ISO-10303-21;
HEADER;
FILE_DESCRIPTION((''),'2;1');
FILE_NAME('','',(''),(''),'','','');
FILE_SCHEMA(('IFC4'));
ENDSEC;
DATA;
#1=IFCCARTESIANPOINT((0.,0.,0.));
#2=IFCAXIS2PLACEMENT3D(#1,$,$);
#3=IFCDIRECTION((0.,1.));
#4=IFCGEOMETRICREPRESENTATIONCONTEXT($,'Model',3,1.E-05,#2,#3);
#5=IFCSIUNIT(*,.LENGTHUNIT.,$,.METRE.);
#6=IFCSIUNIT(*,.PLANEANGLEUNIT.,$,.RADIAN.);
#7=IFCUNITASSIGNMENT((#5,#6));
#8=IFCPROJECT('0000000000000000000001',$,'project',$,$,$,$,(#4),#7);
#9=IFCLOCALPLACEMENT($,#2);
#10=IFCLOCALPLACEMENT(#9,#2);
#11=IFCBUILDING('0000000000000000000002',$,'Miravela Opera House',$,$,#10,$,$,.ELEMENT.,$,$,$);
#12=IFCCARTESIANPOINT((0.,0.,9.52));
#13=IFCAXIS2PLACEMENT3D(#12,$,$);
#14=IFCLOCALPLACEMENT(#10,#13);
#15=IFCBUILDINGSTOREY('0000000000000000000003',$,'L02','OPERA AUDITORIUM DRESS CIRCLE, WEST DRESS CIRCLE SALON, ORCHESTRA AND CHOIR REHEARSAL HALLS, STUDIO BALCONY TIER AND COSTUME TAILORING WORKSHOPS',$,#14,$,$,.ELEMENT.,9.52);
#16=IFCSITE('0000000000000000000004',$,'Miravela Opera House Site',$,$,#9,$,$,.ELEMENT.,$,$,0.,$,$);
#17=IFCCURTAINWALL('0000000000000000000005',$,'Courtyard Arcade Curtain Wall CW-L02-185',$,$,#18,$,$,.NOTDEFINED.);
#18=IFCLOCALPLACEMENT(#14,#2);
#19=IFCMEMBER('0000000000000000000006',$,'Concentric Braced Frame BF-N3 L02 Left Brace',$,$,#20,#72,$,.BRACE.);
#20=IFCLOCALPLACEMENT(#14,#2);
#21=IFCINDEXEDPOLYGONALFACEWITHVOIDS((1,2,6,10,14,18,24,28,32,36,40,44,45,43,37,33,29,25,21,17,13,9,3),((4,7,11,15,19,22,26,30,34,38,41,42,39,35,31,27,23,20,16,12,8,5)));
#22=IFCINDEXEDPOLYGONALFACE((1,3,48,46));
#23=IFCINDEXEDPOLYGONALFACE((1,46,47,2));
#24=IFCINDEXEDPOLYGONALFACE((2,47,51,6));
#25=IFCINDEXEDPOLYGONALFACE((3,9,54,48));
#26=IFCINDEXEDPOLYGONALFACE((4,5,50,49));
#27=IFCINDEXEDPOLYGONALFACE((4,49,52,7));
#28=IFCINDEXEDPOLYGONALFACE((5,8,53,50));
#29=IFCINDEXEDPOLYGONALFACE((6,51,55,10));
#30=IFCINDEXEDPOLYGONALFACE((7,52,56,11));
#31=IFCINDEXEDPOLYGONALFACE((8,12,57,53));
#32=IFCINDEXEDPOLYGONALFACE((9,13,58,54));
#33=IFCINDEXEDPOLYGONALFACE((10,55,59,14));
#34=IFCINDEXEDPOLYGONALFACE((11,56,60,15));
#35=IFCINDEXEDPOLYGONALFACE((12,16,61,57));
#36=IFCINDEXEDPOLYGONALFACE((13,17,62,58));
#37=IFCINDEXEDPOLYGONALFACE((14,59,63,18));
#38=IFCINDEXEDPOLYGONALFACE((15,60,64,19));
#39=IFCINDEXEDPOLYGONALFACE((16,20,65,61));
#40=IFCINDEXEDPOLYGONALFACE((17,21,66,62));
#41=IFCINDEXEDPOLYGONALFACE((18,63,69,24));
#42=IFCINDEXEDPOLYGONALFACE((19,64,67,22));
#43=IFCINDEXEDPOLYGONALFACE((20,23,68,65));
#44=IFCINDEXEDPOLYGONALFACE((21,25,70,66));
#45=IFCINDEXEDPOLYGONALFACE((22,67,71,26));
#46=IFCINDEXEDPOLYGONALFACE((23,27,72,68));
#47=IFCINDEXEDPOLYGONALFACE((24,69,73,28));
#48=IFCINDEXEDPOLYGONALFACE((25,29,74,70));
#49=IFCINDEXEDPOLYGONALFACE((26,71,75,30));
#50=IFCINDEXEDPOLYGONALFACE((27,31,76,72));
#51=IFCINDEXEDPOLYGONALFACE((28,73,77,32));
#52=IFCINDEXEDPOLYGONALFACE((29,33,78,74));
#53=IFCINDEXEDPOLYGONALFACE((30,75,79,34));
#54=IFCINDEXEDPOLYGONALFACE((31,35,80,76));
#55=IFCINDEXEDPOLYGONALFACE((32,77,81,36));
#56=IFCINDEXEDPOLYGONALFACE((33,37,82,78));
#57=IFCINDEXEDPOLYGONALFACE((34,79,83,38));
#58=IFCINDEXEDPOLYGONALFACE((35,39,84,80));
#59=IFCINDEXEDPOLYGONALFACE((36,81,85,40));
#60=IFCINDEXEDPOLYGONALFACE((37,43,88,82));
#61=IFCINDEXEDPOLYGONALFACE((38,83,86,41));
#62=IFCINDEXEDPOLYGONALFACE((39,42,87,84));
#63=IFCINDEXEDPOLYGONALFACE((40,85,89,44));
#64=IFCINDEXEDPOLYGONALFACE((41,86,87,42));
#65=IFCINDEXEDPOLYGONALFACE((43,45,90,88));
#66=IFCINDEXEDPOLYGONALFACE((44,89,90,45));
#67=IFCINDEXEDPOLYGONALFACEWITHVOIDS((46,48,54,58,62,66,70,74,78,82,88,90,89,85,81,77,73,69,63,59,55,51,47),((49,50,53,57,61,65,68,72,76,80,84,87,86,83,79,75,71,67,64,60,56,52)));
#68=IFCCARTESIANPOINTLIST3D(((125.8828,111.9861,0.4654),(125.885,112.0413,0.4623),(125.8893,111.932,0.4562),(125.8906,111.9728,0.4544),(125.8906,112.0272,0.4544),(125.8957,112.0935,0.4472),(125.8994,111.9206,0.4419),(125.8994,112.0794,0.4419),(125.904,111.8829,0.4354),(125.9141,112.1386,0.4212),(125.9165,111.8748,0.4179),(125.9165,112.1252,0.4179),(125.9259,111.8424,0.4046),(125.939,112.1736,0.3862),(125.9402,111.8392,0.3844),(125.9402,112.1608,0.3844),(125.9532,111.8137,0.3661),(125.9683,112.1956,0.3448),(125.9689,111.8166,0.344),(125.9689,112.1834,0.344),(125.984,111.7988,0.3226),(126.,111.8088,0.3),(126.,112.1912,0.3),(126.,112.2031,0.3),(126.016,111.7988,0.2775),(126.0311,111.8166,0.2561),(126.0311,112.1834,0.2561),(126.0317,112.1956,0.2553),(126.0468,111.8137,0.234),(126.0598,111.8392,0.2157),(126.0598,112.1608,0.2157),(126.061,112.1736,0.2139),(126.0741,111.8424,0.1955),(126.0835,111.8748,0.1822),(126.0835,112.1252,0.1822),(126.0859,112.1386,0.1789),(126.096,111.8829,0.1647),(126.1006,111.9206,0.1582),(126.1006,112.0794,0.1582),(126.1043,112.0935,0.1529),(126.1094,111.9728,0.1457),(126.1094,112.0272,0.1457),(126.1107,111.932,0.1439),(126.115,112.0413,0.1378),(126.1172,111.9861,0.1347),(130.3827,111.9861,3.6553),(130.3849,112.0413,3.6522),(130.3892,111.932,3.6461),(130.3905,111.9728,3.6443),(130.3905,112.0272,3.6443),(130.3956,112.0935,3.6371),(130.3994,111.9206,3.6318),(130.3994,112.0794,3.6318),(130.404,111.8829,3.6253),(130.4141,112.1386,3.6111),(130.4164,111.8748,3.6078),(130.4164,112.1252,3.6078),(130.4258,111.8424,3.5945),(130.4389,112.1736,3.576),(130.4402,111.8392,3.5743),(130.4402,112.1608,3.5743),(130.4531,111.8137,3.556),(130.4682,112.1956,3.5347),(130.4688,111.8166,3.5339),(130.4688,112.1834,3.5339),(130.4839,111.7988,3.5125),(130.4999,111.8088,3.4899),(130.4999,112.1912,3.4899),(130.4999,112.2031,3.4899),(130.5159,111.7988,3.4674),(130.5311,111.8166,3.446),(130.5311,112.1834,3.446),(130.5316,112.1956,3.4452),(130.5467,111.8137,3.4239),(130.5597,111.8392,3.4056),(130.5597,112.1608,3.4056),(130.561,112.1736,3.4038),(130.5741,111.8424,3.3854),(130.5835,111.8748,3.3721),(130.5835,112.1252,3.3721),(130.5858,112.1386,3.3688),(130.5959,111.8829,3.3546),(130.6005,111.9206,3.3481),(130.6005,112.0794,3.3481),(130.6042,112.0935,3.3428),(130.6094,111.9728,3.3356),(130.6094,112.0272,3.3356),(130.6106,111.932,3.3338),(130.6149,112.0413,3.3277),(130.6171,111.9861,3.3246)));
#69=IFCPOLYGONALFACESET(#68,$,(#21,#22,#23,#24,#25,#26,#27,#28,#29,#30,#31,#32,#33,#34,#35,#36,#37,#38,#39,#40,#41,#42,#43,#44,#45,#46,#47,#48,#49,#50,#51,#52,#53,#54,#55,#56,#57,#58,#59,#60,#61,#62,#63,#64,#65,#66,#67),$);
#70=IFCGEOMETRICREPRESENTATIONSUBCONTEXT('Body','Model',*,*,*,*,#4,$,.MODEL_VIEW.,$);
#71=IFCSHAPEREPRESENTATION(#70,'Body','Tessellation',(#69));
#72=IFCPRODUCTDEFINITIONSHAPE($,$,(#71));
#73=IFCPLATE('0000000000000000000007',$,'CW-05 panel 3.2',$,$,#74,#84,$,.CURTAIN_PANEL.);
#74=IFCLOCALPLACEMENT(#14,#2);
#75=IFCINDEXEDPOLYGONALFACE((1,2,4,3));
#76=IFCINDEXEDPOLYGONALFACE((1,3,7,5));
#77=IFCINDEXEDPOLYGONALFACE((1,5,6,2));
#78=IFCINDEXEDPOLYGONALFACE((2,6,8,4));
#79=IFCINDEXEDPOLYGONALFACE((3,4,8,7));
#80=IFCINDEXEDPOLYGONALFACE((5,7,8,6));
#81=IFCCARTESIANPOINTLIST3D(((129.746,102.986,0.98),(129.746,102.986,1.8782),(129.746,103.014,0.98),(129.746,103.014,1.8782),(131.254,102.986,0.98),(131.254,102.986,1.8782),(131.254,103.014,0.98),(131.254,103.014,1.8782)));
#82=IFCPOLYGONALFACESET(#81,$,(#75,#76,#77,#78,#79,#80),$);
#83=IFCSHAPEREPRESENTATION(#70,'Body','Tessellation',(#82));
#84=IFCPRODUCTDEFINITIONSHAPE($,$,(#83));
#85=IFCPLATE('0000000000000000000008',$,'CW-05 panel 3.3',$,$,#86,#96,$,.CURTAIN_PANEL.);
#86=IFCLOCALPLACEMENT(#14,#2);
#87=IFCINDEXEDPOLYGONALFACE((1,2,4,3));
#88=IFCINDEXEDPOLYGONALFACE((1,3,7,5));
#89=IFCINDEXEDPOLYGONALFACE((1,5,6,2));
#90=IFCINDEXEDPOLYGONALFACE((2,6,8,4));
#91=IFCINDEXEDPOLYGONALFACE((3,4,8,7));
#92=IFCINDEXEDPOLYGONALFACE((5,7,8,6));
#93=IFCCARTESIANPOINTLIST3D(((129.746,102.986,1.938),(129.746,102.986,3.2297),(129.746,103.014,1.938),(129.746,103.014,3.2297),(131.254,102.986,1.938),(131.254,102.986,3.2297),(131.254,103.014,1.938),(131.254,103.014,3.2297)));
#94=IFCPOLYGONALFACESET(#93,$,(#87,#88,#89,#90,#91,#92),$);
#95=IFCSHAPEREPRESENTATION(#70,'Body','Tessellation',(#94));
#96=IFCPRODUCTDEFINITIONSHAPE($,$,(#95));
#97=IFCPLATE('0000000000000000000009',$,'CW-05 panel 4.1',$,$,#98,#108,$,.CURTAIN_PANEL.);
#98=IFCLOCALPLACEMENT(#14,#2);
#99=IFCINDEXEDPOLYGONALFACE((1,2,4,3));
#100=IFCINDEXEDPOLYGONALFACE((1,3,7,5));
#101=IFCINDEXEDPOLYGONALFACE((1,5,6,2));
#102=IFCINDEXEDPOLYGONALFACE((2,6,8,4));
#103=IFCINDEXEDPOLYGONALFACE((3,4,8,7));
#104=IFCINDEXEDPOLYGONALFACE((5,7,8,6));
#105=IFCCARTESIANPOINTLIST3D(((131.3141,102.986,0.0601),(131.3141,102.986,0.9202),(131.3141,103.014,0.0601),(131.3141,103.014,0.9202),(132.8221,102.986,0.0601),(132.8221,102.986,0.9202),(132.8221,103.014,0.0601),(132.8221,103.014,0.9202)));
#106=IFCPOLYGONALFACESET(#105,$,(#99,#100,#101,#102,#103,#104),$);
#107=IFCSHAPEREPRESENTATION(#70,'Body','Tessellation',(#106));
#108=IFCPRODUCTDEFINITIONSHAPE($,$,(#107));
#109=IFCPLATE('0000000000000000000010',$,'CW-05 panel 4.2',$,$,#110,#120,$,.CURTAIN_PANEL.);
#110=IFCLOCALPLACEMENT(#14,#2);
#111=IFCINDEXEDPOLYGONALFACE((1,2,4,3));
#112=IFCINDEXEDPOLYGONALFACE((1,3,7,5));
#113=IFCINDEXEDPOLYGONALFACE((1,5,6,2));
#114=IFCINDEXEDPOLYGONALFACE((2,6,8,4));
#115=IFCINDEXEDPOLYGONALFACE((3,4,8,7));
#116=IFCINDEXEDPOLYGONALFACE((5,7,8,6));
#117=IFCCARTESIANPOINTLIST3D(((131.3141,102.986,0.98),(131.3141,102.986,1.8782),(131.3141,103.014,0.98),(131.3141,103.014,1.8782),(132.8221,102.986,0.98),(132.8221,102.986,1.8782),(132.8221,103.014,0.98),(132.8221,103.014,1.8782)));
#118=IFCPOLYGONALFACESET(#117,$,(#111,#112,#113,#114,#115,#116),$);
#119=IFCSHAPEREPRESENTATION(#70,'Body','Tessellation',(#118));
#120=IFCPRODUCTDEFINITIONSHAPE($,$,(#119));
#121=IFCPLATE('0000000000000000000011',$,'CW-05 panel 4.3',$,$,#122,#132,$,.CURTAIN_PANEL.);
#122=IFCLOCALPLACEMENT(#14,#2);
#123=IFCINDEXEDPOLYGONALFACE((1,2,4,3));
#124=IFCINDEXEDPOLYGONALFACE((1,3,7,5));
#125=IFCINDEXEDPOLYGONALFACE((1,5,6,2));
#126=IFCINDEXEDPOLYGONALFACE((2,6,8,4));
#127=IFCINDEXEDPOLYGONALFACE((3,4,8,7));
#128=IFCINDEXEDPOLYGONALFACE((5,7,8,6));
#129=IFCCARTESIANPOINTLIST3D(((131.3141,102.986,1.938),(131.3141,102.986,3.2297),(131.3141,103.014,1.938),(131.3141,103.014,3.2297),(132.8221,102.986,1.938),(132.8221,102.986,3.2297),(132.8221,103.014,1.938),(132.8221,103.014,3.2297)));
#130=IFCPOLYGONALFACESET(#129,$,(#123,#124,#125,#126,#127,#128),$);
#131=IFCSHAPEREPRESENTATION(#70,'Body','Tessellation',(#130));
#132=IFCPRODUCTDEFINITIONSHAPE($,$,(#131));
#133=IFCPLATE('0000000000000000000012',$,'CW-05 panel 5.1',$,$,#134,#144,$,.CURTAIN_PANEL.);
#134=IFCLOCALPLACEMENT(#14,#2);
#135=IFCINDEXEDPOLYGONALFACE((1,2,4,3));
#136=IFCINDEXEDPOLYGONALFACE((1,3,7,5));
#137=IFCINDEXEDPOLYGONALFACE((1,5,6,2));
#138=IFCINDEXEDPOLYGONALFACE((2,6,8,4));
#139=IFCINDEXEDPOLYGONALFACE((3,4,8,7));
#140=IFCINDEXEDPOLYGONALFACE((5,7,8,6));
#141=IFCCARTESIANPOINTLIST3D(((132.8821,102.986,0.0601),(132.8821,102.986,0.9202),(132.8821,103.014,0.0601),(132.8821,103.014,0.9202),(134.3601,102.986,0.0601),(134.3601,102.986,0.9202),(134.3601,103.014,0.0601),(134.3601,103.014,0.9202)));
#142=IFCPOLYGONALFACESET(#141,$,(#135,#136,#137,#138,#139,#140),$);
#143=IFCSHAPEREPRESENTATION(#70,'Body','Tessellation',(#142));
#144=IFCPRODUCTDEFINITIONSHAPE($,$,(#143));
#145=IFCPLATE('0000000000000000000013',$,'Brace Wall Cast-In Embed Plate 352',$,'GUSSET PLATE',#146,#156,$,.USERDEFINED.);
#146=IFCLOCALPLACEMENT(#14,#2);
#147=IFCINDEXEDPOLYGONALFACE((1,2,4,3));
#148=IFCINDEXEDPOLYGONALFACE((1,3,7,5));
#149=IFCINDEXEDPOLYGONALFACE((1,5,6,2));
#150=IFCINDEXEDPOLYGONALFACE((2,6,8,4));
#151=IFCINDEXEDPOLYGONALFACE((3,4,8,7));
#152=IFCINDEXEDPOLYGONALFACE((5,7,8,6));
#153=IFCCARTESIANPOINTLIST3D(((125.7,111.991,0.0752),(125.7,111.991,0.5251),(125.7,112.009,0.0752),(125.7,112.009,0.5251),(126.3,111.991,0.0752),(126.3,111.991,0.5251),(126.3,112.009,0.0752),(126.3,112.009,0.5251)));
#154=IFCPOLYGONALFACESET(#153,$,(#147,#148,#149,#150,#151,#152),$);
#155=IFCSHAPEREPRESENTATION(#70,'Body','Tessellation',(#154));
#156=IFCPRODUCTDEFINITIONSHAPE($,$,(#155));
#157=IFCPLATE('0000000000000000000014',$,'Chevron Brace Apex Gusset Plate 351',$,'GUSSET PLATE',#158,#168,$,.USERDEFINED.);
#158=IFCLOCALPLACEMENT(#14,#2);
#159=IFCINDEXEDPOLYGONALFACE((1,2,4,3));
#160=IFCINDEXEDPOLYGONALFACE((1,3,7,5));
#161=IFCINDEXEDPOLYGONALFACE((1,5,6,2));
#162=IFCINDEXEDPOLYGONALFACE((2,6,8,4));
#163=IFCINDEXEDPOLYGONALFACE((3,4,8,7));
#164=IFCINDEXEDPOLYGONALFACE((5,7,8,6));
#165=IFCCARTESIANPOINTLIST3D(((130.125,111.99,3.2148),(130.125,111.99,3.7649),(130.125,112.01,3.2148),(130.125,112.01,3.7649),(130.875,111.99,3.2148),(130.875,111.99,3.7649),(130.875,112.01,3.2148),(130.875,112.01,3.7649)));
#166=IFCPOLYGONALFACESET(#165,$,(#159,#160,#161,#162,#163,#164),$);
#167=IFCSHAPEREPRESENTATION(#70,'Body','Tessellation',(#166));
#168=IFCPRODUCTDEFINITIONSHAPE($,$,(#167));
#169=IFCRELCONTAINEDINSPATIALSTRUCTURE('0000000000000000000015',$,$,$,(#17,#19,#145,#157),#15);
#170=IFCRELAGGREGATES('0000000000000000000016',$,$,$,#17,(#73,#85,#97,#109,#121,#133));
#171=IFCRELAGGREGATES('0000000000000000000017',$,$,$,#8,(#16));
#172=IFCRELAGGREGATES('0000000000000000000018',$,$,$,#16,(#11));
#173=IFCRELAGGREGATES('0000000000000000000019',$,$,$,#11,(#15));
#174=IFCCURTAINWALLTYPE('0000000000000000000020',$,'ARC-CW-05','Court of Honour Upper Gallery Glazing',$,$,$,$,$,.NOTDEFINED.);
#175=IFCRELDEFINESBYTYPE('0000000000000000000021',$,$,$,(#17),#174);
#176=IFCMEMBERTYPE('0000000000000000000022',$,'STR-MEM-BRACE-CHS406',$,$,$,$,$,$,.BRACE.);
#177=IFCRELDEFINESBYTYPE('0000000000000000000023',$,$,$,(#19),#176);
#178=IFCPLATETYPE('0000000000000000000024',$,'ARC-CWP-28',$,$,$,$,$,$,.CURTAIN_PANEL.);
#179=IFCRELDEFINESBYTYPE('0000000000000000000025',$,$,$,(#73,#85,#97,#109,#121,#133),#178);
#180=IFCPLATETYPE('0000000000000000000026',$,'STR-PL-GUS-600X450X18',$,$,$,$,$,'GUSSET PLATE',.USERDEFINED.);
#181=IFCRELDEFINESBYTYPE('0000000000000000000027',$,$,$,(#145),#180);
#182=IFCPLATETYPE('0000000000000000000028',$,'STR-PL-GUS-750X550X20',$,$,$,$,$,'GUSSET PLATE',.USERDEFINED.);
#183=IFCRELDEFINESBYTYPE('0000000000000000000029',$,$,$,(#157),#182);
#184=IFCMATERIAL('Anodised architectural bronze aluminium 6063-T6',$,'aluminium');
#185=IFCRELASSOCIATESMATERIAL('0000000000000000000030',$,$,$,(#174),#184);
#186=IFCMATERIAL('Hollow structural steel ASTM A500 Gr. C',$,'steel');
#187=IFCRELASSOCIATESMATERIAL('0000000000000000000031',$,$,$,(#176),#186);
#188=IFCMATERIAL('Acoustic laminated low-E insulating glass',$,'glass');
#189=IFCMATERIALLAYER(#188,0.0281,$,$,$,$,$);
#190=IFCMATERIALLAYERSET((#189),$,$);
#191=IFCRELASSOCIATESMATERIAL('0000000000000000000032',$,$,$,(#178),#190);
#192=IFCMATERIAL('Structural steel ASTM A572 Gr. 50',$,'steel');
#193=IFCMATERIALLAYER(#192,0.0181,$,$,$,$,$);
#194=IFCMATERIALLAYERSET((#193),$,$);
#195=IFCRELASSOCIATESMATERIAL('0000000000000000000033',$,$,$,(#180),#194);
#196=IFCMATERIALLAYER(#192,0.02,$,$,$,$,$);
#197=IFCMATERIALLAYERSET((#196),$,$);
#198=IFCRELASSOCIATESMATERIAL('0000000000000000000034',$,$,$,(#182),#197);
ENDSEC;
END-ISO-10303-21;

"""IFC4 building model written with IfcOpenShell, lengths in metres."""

from ifc_helpers import new_model, si_unit, direction, frame, origin, origin_2d, place, context, subcontext, project, spatial, rectangle, hollow_circle, extrude, material, layer, layer_set, material_profile, profile_set, type_object, element, aggregate, save


model = new_model("IFC4")

# Units and contexts
model_context = context("Model", 3, precision=1e-05, world=origin(), true_north=direction((0.0, 1.0)))
body_context = subcontext(model_context, "Body", "Model", "MODEL_VIEW")
ifc_project = project(units=[si_unit("LENGTHUNIT", "METRE"), si_unit("PLANEANGLEUNIT", "RADIAN")], contexts=[model_context])

# Site, building, storey
site_placement = place(None, origin())
site = spatial("IfcSite", under=ifc_project, at=site_placement, Name="Miravela Opera House Site", CompositionType="ELEMENT", RefElevation=0.0)
building_placement = place(site_placement, origin())
building = spatial("IfcBuilding", under=site, at=building_placement, Name="Miravela Opera House", CompositionType="ELEMENT")
storey_placement = place(building_placement, frame((0.0, 0.0, 9.52)))
storey = spatial("IfcBuildingStorey", under=building, at=storey_placement, Name="L02", Description="OPERA AUDITORIUM DRESS CIRCLE, WEST DRESS CIRCLE SALON, ORCHESTRA AND CHOIR REHEARSAL HALLS, STUDIO BALCONY TIER AND COSTUME TAILORING WORKSHOPS", CompositionType="ELEMENT", Elevation=9.52)

# Curtain wall
ifc_material_1 = material(Name="Anodised architectural bronze aluminium 6063-T6", Category="aluminium")
curtain_wall_type = type_object("IfcCurtainWallType", Name="ARC-CW-05", Description="Court of Honour Upper Gallery Glazing", PredefinedType="NOTDEFINED", material=ifc_material_1)
curtain_wall_placement = place(storey_placement, origin())
curtain_wall = element("IfcCurtainWall", 1, at=curtain_wall_placement, inside=storey, type_object=curtain_wall_type, Name="Courtyard Arcade Curtain Wall CW-L02-185", PredefinedType="NOTDEFINED")

# Member
ifc_material_2 = material(Name="Hollow structural steel ASTM A500 Gr. C", Category="steel")
ifc_material_profile_1 = material_profile(ifc_material_2, hollow_circle(Radius=0.2031, WallThickness=0.012, at=origin_2d()), Name="CHS406X12")
ifc_profile_set_1 = profile_set([ifc_material_profile_1])
member_type_1 = type_object("IfcMemberType", Name="STR-MEM-BRACE-CHS406", PredefinedType="BRACE", material=ifc_profile_set_1)
member_1_placement = place(storey_placement, frame((126.0, 112.0, 0.3), z_axis=(0.815816, 0.0, 0.578312), x_axis=(0.0, 1.0, 0.0)))
element("IfcMember", 2, at=member_1_placement, inside=storey, type_object=member_type_1, Name="Concentric Braced Frame BF-N3 L02 Left Brace", PredefinedType="BRACE", context=body_context, shape_type="SweptSolid", body=[
    extrude(hollow_circle(Radius=0.2031, WallThickness=0.012, at=origin_2d()), origin(), (0.0, 0.0, 1.0), 5.5159),
])

# Plates
ifc_material_3 = material(Name="Acoustic laminated low-E insulating glass", Category="glass")
ifc_layer_1 = layer(ifc_material_3, 0.0281)
ifc_layer_set_1 = layer_set([ifc_layer_1])
plate_type_1 = type_object("IfcPlateType", Name="ARC-CWP-28", PredefinedType="CURTAIN_PANEL", material=ifc_layer_set_1)
plate_1_placement = place(storey_placement, frame((130.5, 103.0, 0.98), z_axis=(0.0, 0.0, 1.0), x_axis=(1.0, 0.0, 0.0)))
plate_1 = element("IfcPlate", 3, at=plate_1_placement, type_object=plate_type_1, Name="CW-05 panel 3.2", PredefinedType="CURTAIN_PANEL", context=body_context, shape_type="SweptSolid", body=[
    extrude(rectangle(XDim=1.5081, YDim=0.0281, at=origin_2d()), origin(), (0.0, 0.0, 1.0), 0.8982),
])
plate_2_placement = place(storey_placement, frame((130.5, 103.0, 1.938), z_axis=(0.0, 0.0, 1.0), x_axis=(1.0, 0.0, 0.0)))
plate_2 = element("IfcPlate", 4, at=plate_2_placement, type_object=plate_type_1, Name="CW-05 panel 3.3", PredefinedType="CURTAIN_PANEL", context=body_context, shape_type="SweptSolid", body=[
    extrude(rectangle(XDim=1.5081, YDim=0.0281, at=origin_2d()), origin(), (0.0, 0.0, 1.0), 1.2917),
])
plate_3_placement = place(storey_placement, frame((132.0681, 103.0, 0.0601), z_axis=(0.0, 0.0, 1.0), x_axis=(1.0, 0.0, 0.0)))
plate_3 = element("IfcPlate", 5, at=plate_3_placement, type_object=plate_type_1, Name="CW-05 panel 4.1", PredefinedType="CURTAIN_PANEL", context=body_context, shape_type="SweptSolid", body=[
    extrude(rectangle(XDim=1.5081, YDim=0.0281, at=origin_2d()), origin(), (0.0, 0.0, 1.0), 0.8601),
])
plate_4_placement = place(storey_placement, frame((132.0681, 103.0, 0.98), z_axis=(0.0, 0.0, 1.0), x_axis=(1.0, 0.0, 0.0)))
plate_4 = element("IfcPlate", 6, at=plate_4_placement, type_object=plate_type_1, Name="CW-05 panel 4.2", PredefinedType="CURTAIN_PANEL", context=body_context, shape_type="SweptSolid", body=[
    extrude(rectangle(XDim=1.5081, YDim=0.0281, at=origin_2d()), origin(), (0.0, 0.0, 1.0), 0.8982),
])
plate_5_placement = place(storey_placement, frame((132.0681, 103.0, 1.938), z_axis=(0.0, 0.0, 1.0), x_axis=(1.0, 0.0, 0.0)))
plate_5 = element("IfcPlate", 7, at=plate_5_placement, type_object=plate_type_1, Name="CW-05 panel 4.3", PredefinedType="CURTAIN_PANEL", context=body_context, shape_type="SweptSolid", body=[
    extrude(rectangle(XDim=1.5081, YDim=0.0281, at=origin_2d()), origin(), (0.0, 0.0, 1.0), 1.2917),
])
plate_6_placement = place(storey_placement, frame((133.6211, 103.0, 0.0601), z_axis=(0.0, 0.0, 1.0), x_axis=(1.0, 0.0, 0.0)))
plate_6 = element("IfcPlate", 8, at=plate_6_placement, type_object=plate_type_1, Name="CW-05 panel 5.1", PredefinedType="CURTAIN_PANEL", context=body_context, shape_type="SweptSolid", body=[
    extrude(rectangle(XDim=1.478, YDim=0.0281, at=origin_2d()), origin(), (0.0, 0.0, 1.0), 0.8601),
])
aggregate(curtain_wall, [plate_1, plate_2, plate_3, plate_4, plate_5, plate_6])

# Plates
ifc_material_4 = material(Name="Structural steel ASTM A572 Gr. 50", Category="steel")
ifc_layer_2 = layer(ifc_material_4, 0.0181)
ifc_layer_set_2 = layer_set([ifc_layer_2])
plate_type_2 = type_object("IfcPlateType", Name="STR-PL-GUS-600X450X18", ElementType="GUSSET PLATE", PredefinedType="USERDEFINED", material=ifc_layer_set_2)
plate_7_placement = place(storey_placement, frame((126.0, 112.0, 0.0752), z_axis=(0.0, 0.0, 1.0), x_axis=(1.0, 0.0, 0.0)))
element("IfcPlate", 9, at=plate_7_placement, inside=storey, type_object=plate_type_2, Name="Brace Wall Cast-In Embed Plate 352", ObjectType="GUSSET PLATE", PredefinedType="USERDEFINED", context=body_context, shape_type="SweptSolid", body=[
    extrude(rectangle(XDim=0.6001, YDim=0.0181, at=origin_2d()), origin(), (0.0, 0.0, 1.0), 0.45),
])
ifc_layer_3 = layer(ifc_material_4, 0.02)
ifc_layer_set_3 = layer_set([ifc_layer_3])
plate_type_3 = type_object("IfcPlateType", Name="STR-PL-GUS-750X550X20", ElementType="GUSSET PLATE", PredefinedType="USERDEFINED", material=ifc_layer_set_3)
plate_8_placement = place(storey_placement, frame((130.5, 112.0, 3.2148), z_axis=(0.0, 0.0, 1.0), x_axis=(1.0, 0.0, 0.0)))
element("IfcPlate", 10, at=plate_8_placement, inside=storey, type_object=plate_type_3, Name="Chevron Brace Apex Gusset Plate 351", ObjectType="GUSSET PLATE", PredefinedType="USERDEFINED", context=body_context, shape_type="SweptSolid", body=[
    extrude(rectangle(XDim=0.75, YDim=0.02, at=origin_2d()), origin(), (0.0, 0.0, 1.0), 0.55),
])

save(model, "model.ifc")
